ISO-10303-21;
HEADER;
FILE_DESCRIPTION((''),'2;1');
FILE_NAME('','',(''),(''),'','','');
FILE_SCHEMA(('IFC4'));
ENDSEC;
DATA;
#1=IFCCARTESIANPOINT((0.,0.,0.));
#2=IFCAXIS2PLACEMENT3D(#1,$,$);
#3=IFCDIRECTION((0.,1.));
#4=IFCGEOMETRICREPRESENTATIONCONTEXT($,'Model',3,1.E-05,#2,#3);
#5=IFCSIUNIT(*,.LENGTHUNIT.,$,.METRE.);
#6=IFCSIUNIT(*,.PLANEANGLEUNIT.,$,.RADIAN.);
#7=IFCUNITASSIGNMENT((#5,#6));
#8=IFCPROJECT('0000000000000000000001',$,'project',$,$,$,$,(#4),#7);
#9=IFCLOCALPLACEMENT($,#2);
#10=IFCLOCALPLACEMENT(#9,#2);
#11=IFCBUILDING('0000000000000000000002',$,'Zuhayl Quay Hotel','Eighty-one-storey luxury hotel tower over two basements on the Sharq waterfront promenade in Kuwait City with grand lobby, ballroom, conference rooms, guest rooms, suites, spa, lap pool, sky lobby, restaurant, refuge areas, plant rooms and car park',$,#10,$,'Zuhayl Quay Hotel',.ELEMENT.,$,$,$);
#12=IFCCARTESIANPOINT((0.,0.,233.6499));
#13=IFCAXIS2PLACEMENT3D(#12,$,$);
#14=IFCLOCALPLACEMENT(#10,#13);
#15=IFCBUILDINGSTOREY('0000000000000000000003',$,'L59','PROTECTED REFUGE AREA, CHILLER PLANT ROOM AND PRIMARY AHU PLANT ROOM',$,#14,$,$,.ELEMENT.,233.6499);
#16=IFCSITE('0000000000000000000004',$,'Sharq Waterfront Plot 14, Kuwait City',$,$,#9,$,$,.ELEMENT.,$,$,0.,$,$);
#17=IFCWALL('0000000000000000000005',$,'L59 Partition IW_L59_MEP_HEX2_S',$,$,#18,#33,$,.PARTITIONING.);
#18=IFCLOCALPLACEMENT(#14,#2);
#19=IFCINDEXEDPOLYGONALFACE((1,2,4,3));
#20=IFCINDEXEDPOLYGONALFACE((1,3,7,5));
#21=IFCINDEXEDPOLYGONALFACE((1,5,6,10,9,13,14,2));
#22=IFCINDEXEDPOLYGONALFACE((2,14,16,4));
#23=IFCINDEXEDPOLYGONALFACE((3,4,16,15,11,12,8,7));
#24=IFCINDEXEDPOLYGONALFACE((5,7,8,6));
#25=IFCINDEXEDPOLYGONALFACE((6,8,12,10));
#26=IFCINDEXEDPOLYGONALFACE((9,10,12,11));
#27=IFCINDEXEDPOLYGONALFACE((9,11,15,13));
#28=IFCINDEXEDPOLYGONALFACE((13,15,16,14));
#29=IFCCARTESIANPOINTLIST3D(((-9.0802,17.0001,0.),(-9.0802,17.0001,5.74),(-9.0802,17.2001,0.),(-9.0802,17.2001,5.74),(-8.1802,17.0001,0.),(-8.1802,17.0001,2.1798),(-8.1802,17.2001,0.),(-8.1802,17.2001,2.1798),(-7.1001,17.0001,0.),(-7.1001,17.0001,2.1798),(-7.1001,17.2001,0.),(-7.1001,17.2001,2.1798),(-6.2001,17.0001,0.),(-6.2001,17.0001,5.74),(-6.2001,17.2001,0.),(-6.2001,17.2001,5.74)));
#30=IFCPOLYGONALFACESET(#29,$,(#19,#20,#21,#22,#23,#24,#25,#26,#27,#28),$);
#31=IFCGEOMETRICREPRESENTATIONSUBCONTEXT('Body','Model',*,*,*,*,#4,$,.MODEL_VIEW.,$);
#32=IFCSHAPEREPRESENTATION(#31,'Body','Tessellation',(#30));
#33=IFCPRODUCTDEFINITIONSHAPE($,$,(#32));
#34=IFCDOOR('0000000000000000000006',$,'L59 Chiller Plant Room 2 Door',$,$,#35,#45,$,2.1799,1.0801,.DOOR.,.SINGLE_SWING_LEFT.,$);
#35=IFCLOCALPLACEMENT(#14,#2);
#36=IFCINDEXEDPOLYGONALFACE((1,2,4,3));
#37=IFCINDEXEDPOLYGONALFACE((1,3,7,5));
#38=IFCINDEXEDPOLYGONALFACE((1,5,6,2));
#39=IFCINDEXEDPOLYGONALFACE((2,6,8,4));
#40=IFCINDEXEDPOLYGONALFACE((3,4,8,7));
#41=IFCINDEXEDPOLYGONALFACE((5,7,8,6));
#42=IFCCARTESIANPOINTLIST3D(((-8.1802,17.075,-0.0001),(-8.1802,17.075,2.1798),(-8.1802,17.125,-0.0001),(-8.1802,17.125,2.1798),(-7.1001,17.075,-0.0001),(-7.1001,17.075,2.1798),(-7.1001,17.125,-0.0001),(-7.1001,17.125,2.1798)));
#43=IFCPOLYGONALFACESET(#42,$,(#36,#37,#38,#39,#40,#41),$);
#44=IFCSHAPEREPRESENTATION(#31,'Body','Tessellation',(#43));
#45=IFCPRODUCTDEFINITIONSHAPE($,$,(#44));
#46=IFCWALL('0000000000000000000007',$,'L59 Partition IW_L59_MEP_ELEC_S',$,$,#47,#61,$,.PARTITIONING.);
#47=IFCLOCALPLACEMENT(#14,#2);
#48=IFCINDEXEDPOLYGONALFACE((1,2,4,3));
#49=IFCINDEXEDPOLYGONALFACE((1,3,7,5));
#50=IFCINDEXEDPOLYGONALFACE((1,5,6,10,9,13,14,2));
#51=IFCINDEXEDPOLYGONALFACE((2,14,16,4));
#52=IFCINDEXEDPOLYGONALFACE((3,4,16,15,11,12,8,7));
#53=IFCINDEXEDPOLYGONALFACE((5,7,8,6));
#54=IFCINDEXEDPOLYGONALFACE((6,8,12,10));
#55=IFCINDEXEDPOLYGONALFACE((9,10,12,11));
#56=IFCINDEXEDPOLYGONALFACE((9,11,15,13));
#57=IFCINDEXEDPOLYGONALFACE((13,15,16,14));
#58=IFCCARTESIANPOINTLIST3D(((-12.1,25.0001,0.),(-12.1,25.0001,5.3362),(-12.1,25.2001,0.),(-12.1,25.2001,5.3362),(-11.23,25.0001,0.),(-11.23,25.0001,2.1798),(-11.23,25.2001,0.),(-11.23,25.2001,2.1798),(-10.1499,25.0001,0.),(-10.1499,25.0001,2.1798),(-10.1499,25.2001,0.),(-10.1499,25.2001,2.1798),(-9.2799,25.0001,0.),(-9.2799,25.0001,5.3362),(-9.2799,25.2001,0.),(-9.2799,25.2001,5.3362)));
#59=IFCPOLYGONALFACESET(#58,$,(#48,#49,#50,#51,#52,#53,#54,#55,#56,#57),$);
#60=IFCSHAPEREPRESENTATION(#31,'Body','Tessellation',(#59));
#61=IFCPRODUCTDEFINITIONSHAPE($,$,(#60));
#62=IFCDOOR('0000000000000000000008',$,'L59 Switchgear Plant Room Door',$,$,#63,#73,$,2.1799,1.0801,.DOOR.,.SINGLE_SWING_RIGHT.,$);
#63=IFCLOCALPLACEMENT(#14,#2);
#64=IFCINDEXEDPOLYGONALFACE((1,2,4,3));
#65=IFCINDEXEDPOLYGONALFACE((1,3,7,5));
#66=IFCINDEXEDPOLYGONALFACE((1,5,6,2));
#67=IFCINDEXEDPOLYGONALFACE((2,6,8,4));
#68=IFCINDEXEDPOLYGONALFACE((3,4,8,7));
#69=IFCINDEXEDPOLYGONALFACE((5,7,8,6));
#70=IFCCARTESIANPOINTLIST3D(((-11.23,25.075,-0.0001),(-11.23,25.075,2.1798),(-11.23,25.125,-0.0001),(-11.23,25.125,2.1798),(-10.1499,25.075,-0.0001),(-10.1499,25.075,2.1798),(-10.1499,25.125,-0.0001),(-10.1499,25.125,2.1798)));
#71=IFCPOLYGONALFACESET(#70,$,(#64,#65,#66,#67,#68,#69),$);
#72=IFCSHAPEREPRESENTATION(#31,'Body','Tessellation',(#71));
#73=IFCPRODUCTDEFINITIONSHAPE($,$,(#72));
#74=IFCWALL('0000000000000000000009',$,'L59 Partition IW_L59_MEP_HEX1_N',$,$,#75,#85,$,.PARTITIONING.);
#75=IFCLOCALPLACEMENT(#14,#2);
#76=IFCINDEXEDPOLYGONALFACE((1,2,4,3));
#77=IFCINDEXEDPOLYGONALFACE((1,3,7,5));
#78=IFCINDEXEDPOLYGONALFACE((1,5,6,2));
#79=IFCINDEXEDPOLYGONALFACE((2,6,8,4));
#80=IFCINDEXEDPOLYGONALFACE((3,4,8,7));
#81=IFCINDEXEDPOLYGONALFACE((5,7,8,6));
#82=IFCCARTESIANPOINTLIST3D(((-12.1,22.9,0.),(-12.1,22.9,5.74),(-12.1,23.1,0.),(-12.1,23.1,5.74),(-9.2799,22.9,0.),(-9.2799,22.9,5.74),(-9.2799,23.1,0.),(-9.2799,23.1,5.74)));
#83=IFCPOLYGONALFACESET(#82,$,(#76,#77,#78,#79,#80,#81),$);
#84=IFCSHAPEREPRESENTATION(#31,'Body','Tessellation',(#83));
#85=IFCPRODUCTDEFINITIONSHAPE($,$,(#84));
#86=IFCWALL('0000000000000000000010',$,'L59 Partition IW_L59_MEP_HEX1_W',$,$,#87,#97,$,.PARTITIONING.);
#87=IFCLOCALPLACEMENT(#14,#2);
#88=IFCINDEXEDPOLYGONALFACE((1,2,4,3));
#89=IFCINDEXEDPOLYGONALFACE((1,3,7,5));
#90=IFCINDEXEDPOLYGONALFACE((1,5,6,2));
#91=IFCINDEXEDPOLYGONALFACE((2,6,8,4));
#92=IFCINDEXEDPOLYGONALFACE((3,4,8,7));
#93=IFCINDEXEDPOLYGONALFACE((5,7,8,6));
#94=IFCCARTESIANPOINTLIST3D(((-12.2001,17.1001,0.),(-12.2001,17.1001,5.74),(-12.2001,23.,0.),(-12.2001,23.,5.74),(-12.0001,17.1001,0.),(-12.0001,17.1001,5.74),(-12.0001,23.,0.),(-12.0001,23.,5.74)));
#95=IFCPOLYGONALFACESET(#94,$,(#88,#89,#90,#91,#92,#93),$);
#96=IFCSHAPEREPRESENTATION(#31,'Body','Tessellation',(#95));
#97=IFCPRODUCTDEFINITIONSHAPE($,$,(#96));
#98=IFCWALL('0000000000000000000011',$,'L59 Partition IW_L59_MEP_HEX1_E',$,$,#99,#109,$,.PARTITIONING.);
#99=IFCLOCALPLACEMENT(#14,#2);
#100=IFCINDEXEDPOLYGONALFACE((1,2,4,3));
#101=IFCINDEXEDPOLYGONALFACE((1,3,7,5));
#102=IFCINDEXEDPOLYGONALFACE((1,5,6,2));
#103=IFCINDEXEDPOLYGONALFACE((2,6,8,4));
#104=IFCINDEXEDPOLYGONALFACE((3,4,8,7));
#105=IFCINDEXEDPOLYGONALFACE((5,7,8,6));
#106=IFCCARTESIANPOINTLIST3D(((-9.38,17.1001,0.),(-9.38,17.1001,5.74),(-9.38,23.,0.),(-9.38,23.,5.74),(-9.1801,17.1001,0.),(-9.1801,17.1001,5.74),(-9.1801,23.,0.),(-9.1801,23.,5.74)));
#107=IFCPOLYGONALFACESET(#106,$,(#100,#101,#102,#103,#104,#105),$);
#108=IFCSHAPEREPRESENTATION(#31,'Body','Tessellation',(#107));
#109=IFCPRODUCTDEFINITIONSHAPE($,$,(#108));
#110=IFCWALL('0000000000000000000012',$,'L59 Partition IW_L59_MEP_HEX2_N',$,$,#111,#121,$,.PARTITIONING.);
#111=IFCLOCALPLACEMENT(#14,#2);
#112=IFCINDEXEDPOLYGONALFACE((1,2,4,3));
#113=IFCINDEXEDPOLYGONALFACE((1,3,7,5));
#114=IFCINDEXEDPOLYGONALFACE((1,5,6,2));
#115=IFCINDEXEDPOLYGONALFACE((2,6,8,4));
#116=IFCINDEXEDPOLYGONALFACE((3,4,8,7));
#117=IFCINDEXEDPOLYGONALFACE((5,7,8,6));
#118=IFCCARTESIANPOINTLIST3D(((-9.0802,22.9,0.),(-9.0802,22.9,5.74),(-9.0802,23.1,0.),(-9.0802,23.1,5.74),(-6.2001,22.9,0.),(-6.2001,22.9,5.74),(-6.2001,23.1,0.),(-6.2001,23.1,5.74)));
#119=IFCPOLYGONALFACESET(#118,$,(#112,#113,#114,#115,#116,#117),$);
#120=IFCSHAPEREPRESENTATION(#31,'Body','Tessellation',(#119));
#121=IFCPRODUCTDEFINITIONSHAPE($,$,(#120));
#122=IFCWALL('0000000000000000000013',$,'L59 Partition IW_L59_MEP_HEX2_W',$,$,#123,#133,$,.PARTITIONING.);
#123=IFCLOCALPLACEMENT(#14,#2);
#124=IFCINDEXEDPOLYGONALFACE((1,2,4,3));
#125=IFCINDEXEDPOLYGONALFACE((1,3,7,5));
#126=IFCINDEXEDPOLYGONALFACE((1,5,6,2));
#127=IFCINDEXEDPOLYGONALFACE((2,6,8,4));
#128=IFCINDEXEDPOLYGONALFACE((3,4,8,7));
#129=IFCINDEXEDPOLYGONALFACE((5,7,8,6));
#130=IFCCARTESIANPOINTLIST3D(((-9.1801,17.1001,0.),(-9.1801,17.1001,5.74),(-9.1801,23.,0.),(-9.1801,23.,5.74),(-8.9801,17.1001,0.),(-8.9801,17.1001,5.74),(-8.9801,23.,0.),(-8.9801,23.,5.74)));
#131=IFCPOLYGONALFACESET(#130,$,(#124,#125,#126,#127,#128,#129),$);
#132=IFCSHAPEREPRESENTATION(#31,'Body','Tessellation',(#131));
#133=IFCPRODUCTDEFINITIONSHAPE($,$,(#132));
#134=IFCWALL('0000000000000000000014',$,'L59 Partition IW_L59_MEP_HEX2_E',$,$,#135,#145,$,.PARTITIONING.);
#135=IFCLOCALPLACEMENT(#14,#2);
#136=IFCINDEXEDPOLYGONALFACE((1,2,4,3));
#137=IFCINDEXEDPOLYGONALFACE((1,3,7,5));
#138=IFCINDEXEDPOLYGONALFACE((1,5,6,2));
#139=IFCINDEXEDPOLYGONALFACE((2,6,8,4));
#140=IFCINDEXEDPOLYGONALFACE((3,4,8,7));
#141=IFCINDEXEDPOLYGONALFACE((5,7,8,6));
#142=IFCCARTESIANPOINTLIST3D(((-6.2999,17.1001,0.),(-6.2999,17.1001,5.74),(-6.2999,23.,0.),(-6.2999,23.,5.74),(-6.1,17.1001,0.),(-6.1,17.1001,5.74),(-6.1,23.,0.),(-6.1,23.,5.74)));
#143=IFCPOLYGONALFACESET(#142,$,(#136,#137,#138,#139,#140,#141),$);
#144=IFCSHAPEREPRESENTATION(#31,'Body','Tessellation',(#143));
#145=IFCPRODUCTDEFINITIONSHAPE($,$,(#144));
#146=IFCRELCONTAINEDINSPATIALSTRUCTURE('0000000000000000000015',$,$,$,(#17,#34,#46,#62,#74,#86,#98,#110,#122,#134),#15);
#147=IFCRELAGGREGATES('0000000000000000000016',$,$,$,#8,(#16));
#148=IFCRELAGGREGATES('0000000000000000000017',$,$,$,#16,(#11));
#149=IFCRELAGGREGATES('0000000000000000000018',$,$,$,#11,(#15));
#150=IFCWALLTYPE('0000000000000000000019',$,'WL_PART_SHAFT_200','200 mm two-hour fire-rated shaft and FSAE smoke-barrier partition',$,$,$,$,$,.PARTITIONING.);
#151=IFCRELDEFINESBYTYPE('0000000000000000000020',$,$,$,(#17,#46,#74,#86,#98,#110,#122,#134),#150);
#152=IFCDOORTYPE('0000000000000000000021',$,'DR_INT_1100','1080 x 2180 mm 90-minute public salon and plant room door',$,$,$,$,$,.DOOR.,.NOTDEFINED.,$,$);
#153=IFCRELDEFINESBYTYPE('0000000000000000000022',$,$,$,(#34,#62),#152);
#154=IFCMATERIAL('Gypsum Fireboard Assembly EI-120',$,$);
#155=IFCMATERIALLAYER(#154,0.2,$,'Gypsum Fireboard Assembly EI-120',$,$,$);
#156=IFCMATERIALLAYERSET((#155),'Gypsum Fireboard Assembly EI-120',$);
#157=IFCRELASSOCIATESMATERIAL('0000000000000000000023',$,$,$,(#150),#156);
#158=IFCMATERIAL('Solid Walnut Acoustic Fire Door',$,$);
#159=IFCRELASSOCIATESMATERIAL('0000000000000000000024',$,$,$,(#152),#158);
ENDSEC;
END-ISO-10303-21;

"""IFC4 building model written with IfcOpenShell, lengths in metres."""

from ifc_helpers import new_model, si_unit, direction, frame, frame_2d, origin, place, context, subcontext, project, spatial, rectangle, extrude, material, layer, layer_set, type_object, element, fill, save


model = new_model("IFC4")

# Units and contexts
model_context = context("Model", 3, precision=1e-05, world=origin(), true_north=direction((0.0, 1.0)))
body_context = subcontext(model_context, "Body", "Model", "MODEL_VIEW")
ifc_project = project(units=[si_unit("LENGTHUNIT", "METRE"), si_unit("PLANEANGLEUNIT", "RADIAN")], contexts=[model_context])

# Site, building, storey
site_placement = place(None, origin())
site = spatial("IfcSite", under=ifc_project, at=site_placement, Name="Sharq Waterfront Plot 14, Kuwait City", CompositionType="ELEMENT", RefElevation=0.0)
building_placement = place(site_placement, origin())
building = spatial("IfcBuilding", under=site, at=building_placement, Name="Zuhayl Quay Hotel", Description="Eighty-one-storey luxury hotel tower over two basements on the Sharq waterfront promenade in Kuwait City with grand lobby, ballroom, conference rooms, guest rooms, suites, spa, lap pool, sky lobby, restaurant, refuge areas, plant rooms and car park", LongName="Zuhayl Quay Hotel", CompositionType="ELEMENT")
storey_placement = place(building_placement, frame((0.0, 0.0, 233.6499)))
storey = spatial("IfcBuildingStorey", under=building, at=storey_placement, Name="L59", Description="PROTECTED REFUGE AREA, CHILLER PLANT ROOM AND PRIMARY AHU PLANT ROOM", CompositionType="ELEMENT", Elevation=233.6499)

# Walls, openings, doors
ifc_material_1 = material(Name="Gypsum Fireboard Assembly EI-120")
ifc_layer_1 = layer(ifc_material_1, 0.2, Name="Gypsum Fireboard Assembly EI-120")
ifc_layer_set_1 = layer_set([ifc_layer_1], Name="Gypsum Fireboard Assembly EI-120")
wall_type_1 = type_object("IfcWallType", Name="WL_PART_SHAFT_200", Description="200 mm two-hour fire-rated shaft and FSAE smoke-barrier partition", PredefinedType="PARTITIONING", material=ifc_layer_set_1)
ifc_material_2 = material(Name="Solid Walnut Acoustic Fire Door")
door_type_1 = type_object("IfcDoorType", Name="DR_INT_1100", Description="1080 x 2180 mm 90-minute public salon and plant room door", OperationType="NOTDEFINED", PredefinedType="DOOR", material=ifc_material_2)
wall_1_placement = place(storey_placement, frame((-9.0801, 17.1001, 0.0), z_axis=(0.0, 0.0, 1.0), x_axis=(1.0, 0.0, 0.0)))
wall_1 = element("IfcWall", 1, at=wall_1_placement, inside=storey, type_object=wall_type_1, Name="L59 Partition IW_L59_MEP_HEX2_S", PredefinedType="PARTITIONING", context=body_context, shape_type="SweptSolid", body=[
    extrude(rectangle(XDim=2.8801, YDim=0.2, at=frame_2d((1.4399, 0.0))), origin(), (0.0, 0.0, 1.0), 5.74),
])
opening_1_placement = place(wall_1_placement, frame((0.8999, 0.0, 0.0)))
opening_1 = element("IfcOpeningElement", 2, at=opening_1_placement, cuts=wall_1, PredefinedType="OPENING", context=body_context, shape_type="SweptSolid", body=[
    extrude(rectangle(XDim=1.0801, YDim=2.1799, at=frame_2d((0.54, 1.0898))), frame((0.0, 0.1099, 0.0), z_axis=(0.0, -1.0, 0.0), x_axis=(1.0, 0.0, 0.0)), (0.0, 0.0, 1.0), 0.22),
])
door_1_placement = place(opening_1_placement, origin())
door_1 = element("IfcDoor", 3, at=door_1_placement, inside=storey, type_object=door_type_1, Name="L59 Chiller Plant Room 2 Door", OperationType="SINGLE_SWING_LEFT", OverallHeight=2.1799, OverallWidth=1.0801, PredefinedType="DOOR", context=body_context, shape_type="SweptSolid", body=[
    extrude(rectangle(XDim=1.0801, YDim=2.1799, at=frame_2d((0.54, 1.0898))), frame((0.0, 0.0249, 0.0), z_axis=(0.0, -1.0, 0.0), x_axis=(1.0, 0.0, 0.0)), (0.0, 0.0, 1.0), 0.05),
])
fill(opening_1, door_1)
wall_2_placement = place(storey_placement, frame((-12.1001, 25.1001, 0.0), z_axis=(0.0, 0.0, 1.0), x_axis=(1.0, 0.0, 0.0)))
wall_2 = element("IfcWall", 4, at=wall_2_placement, inside=storey, type_object=wall_type_1, Name="L59 Partition IW_L59_MEP_ELEC_S", PredefinedType="PARTITIONING", context=body_context, shape_type="SweptSolid", body=[
    extrude(rectangle(XDim=2.8201, YDim=0.2, at=frame_2d((1.4102, 0.0))), origin(), (0.0, 0.0, 1.0), 5.3362),
])
opening_2_placement = place(wall_2_placement, frame((0.8701, 0.0, 0.0)))
opening_2 = element("IfcOpeningElement", 5, at=opening_2_placement, cuts=wall_2, PredefinedType="OPENING", context=body_context, shape_type="SweptSolid", body=[
    extrude(rectangle(XDim=1.0801, YDim=2.1799, at=frame_2d((0.54, 1.0898))), frame((0.0, 0.1099, 0.0), z_axis=(0.0, -1.0, 0.0), x_axis=(1.0, 0.0, 0.0)), (0.0, 0.0, 1.0), 0.22),
])
door_2_placement = place(opening_2_placement, origin())
door_2 = element("IfcDoor", 6, at=door_2_placement, inside=storey, type_object=door_type_1, Name="L59 Switchgear Plant Room Door", OperationType="SINGLE_SWING_RIGHT", OverallHeight=2.1799, OverallWidth=1.0801, PredefinedType="DOOR", context=body_context, shape_type="SweptSolid", body=[
    extrude(rectangle(XDim=1.0801, YDim=2.1799, at=frame_2d((0.54, 1.0898))), frame((0.0, 0.0249, 0.0), z_axis=(0.0, -1.0, 0.0), x_axis=(1.0, 0.0, 0.0)), (0.0, 0.0, 1.0), 0.05),
])
fill(opening_2, door_2)

# Walls
wall_3_placement = place(storey_placement, frame((-12.1001, 23.0, 0.0), z_axis=(0.0, 0.0, 1.0), x_axis=(1.0, 0.0, 0.0)))
element("IfcWall", 7, at=wall_3_placement, inside=storey, type_object=wall_type_1, Name="L59 Partition IW_L59_MEP_HEX1_N", PredefinedType="PARTITIONING", context=body_context, shape_type="SweptSolid", body=[
    extrude(rectangle(XDim=2.8201, YDim=0.2, at=frame_2d((1.4102, 0.0))), origin(), (0.0, 0.0, 1.0), 5.74),
])
for number, where, z_axis, x_axis, name in (
    (8, (-12.1001, 17.1001, 0.0), (0.0, 0.0, 1.0), (0.0, 1.0, 0.0), "L59 Partition IW_L59_MEP_HEX1_W"),
    (9, (-9.28, 17.1001, 0.0), (0.0, 0.0, 1.0), (0.0, 1.0, 0.0), "L59 Partition IW_L59_MEP_HEX1_E"),
):
    element("IfcWall", number, at=place(storey_placement, frame(where, z_axis=z_axis, x_axis=x_axis)), inside=storey, type_object=wall_type_1, Name=name, PredefinedType="PARTITIONING", context=body_context, shape_type="SweptSolid", body=[
        extrude(rectangle(XDim=5.8999, YDim=0.2, at=frame_2d((2.95, 0.0))), origin(), (0.0, 0.0, 1.0), 5.74),
    ])
wall_4_placement = place(storey_placement, frame((-9.0801, 23.0, 0.0), z_axis=(0.0, 0.0, 1.0), x_axis=(1.0, 0.0, 0.0)))
element("IfcWall", 10, at=wall_4_placement, inside=storey, type_object=wall_type_1, Name="L59 Partition IW_L59_MEP_HEX2_N", PredefinedType="PARTITIONING", context=body_context, shape_type="SweptSolid", body=[
    extrude(rectangle(XDim=2.8801, YDim=0.2, at=frame_2d((1.4399, 0.0))), origin(), (0.0, 0.0, 1.0), 5.74),
])
for number, where, z_axis, x_axis, name in (
    (11, (-9.0801, 17.1001, 0.0), (0.0, 0.0, 1.0), (0.0, 1.0, 0.0), "L59 Partition IW_L59_MEP_HEX2_W"),
    (12, (-6.2, 17.1001, 0.0), (0.0, 0.0, 1.0), (0.0, 1.0, 0.0), "L59 Partition IW_L59_MEP_HEX2_E"),
):
    element("IfcWall", number, at=place(storey_placement, frame(where, z_axis=z_axis, x_axis=x_axis)), inside=storey, type_object=wall_type_1, Name=name, PredefinedType="PARTITIONING", context=body_context, shape_type="SweptSolid", body=[
        extrude(rectangle(XDim=5.8999, YDim=0.2, at=frame_2d((2.95, 0.0))), origin(), (0.0, 0.0, 1.0), 5.74),
    ])

save(model, "model.ifc")
